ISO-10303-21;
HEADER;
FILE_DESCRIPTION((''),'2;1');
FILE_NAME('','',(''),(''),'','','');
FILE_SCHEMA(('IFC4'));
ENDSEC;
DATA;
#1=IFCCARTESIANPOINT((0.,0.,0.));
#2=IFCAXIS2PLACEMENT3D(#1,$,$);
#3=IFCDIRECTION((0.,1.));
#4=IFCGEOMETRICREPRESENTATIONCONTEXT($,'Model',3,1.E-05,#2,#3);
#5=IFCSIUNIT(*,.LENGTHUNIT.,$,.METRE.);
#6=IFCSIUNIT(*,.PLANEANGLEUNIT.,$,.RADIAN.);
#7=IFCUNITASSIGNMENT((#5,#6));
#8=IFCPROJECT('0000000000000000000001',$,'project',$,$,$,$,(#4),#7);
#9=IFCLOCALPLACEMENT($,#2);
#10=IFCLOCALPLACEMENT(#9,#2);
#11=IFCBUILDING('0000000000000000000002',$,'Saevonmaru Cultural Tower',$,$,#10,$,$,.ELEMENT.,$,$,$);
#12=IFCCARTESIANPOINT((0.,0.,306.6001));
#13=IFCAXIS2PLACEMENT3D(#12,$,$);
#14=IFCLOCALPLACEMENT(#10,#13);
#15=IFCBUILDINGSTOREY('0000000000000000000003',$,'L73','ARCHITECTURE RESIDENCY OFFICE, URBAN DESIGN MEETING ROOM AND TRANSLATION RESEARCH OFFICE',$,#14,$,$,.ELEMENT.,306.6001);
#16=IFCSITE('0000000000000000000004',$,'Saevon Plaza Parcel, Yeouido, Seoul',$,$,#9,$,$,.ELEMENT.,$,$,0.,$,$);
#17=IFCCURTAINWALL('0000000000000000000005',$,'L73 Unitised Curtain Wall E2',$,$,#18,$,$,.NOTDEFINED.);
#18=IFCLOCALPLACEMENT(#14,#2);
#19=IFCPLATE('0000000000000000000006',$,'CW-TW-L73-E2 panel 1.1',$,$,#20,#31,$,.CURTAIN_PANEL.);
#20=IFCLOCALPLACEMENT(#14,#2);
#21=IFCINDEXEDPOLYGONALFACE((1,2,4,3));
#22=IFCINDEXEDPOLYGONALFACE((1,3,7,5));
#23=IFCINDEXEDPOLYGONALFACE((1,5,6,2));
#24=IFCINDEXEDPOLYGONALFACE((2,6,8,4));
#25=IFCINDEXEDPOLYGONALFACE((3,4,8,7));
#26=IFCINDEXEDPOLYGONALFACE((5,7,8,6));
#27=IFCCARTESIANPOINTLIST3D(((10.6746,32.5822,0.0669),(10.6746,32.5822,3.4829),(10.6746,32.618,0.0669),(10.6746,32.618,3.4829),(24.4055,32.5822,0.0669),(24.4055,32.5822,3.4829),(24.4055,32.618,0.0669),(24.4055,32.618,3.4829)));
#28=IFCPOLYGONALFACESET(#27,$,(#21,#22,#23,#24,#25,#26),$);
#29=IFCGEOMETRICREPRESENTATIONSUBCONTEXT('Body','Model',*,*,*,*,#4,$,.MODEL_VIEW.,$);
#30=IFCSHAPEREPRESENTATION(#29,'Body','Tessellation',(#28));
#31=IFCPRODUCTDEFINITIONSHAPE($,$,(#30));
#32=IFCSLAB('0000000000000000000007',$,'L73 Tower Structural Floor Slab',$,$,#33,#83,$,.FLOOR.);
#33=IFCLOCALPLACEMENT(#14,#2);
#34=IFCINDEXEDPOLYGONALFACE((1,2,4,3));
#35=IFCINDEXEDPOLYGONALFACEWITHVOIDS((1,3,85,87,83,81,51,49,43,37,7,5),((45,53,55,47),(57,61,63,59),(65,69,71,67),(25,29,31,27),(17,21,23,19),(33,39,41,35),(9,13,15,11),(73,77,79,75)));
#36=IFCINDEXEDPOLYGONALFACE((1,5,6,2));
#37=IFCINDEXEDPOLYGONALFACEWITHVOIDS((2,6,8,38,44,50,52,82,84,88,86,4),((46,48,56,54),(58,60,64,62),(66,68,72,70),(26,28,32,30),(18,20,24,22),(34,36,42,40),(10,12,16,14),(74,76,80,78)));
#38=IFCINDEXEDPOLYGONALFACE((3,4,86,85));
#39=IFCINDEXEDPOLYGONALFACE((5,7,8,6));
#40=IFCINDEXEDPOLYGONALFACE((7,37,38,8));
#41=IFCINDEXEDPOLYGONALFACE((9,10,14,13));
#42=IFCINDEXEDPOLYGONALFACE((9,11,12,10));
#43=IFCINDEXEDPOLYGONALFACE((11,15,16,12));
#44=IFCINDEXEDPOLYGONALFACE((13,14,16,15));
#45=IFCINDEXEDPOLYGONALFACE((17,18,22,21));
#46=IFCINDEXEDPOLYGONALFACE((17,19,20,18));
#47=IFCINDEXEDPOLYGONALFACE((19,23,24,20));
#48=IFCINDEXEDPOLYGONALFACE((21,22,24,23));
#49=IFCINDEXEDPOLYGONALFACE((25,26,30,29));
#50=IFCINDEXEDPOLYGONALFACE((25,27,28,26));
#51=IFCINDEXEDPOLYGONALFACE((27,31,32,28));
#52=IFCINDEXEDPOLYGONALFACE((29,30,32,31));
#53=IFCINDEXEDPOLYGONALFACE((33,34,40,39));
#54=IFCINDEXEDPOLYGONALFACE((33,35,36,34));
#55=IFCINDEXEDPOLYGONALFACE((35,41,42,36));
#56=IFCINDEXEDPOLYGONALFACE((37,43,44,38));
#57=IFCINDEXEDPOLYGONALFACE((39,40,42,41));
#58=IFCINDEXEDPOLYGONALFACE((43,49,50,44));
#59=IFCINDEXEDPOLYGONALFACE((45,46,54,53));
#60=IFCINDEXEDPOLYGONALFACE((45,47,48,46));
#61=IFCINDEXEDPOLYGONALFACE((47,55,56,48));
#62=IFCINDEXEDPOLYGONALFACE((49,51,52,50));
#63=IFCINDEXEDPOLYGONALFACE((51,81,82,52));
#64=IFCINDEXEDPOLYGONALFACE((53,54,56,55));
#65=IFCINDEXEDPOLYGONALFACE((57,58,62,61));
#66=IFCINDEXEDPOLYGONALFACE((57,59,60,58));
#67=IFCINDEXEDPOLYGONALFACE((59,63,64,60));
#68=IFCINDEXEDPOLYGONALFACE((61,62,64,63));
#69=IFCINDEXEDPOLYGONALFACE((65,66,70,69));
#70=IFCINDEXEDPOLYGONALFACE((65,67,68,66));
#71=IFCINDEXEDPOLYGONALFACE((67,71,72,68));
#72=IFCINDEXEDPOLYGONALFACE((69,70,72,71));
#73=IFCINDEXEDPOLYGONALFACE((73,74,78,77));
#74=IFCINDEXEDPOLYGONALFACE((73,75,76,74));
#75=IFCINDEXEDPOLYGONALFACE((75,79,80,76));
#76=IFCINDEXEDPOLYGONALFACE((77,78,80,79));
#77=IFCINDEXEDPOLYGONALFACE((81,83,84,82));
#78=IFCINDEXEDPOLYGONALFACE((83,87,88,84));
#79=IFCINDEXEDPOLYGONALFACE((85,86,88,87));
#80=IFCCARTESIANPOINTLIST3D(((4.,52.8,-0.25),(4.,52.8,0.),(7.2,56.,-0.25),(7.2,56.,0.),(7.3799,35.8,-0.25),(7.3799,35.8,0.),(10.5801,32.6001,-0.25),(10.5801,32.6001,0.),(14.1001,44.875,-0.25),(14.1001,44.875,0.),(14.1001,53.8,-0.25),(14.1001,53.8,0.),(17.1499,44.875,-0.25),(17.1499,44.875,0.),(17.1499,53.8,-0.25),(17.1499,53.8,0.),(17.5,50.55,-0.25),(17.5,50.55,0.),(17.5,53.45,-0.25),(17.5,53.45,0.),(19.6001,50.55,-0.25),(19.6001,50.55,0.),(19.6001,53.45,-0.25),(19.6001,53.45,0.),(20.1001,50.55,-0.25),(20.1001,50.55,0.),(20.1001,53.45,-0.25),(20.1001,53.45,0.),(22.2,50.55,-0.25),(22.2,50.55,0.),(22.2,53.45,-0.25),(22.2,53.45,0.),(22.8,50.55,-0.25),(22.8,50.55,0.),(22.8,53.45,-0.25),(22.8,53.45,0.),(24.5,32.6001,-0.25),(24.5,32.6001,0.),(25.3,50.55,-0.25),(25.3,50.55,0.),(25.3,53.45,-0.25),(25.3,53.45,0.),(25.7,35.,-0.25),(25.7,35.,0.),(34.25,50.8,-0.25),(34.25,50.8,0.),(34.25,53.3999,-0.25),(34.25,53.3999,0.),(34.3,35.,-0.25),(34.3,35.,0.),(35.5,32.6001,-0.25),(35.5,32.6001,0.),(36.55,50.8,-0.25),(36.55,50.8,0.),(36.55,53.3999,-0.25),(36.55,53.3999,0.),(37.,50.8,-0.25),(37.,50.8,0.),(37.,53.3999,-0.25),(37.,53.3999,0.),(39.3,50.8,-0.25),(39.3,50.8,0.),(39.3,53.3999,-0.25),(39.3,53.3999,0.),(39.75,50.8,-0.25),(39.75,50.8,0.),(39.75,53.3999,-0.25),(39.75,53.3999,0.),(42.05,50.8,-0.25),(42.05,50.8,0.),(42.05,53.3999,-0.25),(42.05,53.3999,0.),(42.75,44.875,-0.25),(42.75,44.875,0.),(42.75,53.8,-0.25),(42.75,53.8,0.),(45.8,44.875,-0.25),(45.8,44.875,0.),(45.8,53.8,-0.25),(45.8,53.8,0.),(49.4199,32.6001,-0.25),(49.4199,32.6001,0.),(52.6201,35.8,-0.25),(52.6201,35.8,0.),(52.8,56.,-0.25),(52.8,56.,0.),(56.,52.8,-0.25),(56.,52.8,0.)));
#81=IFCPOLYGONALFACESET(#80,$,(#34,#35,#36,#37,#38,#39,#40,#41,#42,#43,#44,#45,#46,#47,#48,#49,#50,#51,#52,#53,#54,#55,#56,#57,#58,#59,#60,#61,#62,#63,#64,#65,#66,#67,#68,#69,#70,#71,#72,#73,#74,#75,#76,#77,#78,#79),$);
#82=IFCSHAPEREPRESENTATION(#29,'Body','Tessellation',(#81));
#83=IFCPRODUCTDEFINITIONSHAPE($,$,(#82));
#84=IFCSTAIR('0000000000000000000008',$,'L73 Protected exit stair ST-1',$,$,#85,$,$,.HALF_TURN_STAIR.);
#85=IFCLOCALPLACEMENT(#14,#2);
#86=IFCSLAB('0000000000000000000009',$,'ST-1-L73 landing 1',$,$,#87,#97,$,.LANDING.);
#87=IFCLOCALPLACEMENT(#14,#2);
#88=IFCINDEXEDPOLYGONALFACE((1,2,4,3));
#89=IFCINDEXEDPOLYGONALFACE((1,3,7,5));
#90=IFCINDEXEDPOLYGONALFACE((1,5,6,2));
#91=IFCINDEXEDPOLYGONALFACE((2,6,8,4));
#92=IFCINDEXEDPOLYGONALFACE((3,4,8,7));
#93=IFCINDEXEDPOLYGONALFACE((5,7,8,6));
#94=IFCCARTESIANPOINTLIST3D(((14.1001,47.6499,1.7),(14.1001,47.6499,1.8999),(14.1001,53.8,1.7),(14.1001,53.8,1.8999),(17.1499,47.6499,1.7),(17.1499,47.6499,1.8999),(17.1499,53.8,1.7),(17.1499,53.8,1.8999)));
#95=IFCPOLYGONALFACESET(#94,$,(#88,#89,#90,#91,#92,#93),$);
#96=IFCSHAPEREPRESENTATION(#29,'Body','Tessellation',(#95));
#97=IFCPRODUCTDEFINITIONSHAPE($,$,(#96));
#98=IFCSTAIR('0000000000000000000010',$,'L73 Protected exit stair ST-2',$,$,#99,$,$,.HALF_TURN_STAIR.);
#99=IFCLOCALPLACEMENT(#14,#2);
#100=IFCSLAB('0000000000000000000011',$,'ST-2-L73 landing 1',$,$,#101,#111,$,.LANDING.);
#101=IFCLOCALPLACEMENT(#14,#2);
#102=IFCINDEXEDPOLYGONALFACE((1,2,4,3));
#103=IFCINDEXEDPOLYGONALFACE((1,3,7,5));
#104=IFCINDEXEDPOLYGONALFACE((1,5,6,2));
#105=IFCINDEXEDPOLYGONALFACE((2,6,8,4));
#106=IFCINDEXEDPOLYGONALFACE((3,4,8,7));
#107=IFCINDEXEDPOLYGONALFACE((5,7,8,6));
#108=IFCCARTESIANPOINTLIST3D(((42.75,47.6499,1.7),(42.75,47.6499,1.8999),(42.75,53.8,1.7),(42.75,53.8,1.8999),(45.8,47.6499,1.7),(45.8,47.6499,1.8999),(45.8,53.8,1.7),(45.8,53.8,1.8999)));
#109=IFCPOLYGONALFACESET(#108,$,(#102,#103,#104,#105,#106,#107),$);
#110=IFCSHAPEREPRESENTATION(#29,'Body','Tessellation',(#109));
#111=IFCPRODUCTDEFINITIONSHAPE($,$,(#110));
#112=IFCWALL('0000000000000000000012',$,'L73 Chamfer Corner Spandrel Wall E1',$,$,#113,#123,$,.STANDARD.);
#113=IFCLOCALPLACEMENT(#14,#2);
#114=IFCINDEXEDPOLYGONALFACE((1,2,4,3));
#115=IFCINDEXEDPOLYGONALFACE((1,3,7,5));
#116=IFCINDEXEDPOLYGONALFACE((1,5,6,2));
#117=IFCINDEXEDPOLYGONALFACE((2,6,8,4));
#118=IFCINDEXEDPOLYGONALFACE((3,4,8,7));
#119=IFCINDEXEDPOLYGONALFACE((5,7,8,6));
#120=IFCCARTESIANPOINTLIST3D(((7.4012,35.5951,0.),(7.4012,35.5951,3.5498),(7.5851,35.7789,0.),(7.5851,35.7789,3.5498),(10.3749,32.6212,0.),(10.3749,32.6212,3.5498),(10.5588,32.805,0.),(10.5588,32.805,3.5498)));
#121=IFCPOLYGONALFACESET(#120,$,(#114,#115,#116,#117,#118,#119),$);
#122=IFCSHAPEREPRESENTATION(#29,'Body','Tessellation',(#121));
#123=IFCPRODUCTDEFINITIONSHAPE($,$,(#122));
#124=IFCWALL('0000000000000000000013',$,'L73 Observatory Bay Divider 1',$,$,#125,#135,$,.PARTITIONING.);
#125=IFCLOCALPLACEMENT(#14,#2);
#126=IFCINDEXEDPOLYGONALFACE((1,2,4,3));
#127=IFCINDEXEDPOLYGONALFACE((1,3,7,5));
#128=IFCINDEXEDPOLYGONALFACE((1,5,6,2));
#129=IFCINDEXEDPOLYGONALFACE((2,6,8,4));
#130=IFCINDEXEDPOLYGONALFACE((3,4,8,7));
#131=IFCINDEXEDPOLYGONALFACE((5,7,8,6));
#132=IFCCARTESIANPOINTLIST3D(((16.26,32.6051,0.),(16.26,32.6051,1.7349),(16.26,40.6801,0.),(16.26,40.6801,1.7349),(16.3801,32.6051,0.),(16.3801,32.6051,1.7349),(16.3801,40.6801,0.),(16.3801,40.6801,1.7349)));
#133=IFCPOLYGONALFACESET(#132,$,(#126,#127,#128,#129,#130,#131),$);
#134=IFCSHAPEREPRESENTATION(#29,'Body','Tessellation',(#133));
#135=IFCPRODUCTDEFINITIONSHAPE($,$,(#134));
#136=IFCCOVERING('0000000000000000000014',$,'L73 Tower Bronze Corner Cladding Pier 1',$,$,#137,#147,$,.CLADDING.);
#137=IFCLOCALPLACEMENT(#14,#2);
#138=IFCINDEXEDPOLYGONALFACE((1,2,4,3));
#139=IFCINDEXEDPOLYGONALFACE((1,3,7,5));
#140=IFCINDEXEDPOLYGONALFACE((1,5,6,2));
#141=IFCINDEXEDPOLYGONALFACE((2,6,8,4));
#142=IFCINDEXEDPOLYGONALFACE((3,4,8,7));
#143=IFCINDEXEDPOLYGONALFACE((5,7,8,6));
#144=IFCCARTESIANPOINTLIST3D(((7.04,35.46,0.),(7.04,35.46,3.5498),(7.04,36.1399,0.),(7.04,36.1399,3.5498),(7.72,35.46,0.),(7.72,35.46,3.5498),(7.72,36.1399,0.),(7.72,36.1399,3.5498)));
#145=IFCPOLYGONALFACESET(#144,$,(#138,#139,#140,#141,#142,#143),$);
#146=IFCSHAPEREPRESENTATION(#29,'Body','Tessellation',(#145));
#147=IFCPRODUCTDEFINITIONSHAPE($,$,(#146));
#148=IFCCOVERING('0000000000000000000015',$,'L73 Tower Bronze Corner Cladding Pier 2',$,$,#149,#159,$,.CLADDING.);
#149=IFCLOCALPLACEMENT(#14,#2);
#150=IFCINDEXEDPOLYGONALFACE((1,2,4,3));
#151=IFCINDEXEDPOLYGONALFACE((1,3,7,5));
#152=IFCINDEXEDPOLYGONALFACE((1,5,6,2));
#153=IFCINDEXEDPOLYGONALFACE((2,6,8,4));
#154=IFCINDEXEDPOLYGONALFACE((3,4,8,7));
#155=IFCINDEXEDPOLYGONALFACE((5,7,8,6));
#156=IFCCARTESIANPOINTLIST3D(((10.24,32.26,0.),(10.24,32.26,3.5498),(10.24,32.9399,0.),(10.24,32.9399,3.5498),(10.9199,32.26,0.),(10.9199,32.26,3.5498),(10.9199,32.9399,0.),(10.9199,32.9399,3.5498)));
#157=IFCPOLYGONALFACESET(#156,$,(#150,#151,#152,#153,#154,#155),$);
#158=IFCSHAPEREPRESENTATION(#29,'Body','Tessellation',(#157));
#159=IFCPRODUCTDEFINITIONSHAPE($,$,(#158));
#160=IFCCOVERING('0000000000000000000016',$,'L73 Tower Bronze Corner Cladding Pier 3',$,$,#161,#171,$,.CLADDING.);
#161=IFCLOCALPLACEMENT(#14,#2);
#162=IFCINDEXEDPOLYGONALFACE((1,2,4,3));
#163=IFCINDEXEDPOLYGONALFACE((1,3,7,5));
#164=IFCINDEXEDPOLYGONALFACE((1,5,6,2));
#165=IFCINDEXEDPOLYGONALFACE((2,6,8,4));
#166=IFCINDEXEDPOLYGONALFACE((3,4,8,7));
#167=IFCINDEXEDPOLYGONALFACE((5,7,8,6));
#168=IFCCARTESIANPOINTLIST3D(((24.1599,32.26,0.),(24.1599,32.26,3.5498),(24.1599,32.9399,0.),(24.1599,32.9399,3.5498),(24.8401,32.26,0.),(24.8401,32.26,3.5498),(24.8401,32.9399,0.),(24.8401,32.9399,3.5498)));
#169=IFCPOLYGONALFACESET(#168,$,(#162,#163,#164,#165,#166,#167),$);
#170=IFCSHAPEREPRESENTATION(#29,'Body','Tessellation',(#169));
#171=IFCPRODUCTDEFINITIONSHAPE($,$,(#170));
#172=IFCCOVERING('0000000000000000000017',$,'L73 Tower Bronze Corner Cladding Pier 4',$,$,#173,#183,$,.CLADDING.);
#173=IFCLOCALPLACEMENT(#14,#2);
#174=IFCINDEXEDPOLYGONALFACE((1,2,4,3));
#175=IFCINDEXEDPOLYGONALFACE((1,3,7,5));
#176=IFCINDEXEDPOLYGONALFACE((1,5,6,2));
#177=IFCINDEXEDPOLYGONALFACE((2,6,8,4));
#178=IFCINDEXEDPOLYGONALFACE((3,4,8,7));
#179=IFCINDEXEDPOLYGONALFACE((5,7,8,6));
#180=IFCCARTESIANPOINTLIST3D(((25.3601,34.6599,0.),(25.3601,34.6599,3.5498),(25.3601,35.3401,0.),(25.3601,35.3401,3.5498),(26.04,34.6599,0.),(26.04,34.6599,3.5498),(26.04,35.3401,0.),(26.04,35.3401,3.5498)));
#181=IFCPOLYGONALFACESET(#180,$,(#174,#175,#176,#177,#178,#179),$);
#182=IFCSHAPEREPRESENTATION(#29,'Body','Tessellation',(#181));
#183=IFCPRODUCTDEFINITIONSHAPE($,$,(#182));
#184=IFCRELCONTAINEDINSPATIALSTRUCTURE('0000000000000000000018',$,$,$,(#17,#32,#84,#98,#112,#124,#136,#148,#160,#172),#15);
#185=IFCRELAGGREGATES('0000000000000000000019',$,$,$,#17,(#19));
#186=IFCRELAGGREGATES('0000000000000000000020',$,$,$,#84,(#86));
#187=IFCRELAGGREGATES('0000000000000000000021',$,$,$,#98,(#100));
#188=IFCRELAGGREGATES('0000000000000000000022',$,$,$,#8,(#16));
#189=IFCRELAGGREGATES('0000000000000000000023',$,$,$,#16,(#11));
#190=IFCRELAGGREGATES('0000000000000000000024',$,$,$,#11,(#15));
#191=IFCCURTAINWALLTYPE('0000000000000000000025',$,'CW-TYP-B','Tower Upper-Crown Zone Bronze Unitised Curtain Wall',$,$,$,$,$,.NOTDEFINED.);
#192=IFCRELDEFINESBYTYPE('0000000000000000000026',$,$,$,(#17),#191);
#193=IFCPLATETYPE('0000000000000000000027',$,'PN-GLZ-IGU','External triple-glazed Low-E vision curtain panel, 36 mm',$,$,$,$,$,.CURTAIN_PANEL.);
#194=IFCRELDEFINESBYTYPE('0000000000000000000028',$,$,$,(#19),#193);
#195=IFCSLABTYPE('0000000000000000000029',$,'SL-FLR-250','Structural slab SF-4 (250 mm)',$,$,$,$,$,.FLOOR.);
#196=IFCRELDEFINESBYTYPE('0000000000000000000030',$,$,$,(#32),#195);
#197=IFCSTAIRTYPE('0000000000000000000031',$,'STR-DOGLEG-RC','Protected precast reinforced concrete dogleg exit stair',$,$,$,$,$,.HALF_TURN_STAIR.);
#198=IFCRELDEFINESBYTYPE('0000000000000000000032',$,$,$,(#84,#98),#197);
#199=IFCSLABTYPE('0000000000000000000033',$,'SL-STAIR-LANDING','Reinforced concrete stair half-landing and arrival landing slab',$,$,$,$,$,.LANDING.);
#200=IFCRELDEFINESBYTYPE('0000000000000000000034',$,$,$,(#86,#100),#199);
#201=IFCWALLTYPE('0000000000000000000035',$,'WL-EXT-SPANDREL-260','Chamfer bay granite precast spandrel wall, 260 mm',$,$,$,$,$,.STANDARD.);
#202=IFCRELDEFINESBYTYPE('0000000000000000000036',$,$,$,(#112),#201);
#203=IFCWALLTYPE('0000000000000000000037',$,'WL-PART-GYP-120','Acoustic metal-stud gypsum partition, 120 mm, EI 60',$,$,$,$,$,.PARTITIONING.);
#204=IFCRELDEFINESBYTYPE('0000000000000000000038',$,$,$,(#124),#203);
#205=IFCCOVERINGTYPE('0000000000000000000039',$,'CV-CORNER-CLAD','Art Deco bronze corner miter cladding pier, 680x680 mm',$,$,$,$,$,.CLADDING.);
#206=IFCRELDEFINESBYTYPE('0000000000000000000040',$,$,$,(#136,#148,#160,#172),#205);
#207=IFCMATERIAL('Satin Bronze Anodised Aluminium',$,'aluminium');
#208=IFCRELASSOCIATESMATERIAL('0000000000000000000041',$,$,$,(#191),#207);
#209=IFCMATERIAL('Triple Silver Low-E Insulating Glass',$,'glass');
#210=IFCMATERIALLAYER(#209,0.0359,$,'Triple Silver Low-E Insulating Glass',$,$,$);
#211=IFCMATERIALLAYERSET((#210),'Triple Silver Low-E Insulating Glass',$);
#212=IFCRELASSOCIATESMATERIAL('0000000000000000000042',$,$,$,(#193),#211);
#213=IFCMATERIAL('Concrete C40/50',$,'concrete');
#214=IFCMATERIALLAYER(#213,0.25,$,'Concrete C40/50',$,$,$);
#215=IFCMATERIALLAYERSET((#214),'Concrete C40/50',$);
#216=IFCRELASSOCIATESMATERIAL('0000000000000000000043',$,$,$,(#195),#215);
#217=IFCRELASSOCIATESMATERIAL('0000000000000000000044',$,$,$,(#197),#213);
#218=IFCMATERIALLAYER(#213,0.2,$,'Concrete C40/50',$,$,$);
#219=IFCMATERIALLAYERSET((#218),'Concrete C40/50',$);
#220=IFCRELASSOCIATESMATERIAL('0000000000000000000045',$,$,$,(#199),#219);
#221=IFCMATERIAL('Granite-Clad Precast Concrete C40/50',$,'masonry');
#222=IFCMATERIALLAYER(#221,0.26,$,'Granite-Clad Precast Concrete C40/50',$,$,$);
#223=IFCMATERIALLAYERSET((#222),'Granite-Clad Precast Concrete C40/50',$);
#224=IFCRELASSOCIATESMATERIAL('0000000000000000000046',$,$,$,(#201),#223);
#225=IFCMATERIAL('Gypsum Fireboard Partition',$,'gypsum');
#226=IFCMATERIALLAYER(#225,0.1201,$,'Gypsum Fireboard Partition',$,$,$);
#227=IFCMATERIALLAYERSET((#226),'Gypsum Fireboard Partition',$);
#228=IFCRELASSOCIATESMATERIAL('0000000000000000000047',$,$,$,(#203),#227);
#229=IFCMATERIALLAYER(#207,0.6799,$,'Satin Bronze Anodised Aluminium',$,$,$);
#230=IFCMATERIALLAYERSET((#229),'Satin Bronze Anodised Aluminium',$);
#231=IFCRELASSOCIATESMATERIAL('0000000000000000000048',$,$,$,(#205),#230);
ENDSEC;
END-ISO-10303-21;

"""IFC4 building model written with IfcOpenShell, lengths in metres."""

from ifc_helpers import new_model, si_unit, direction, frame, frame_2d, origin, origin_2d, place, context, subcontext, project, spatial, polyline, rectangle, outline, extrude, material, layer, layer_set, type_object, element, aggregate, save


model = new_model("IFC4")

# Units and contexts
model_context = context("Model", 3, precision=1e-05, world=origin(), true_north=direction((0.0, 1.0)))
body_context = subcontext(model_context, "Body", "Model", "MODEL_VIEW")
ifc_project = project(units=[si_unit("LENGTHUNIT", "METRE"), si_unit("PLANEANGLEUNIT", "RADIAN")], contexts=[model_context])

# Site, building, storey
site_placement = place(None, origin())
site = spatial("IfcSite", under=ifc_project, at=site_placement, Name="Saevon Plaza Parcel, Yeouido, Seoul", CompositionType="ELEMENT", RefElevation=0.0)
building_placement = place(site_placement, origin())
building = spatial("IfcBuilding", under=site, at=building_placement, Name="Saevonmaru Cultural Tower", CompositionType="ELEMENT")
storey_placement = place(building_placement, frame((0.0, 0.0, 306.6001)))
storey = spatial("IfcBuildingStorey", under=building, at=storey_placement, Name="L73", Description="ARCHITECTURE RESIDENCY OFFICE, URBAN DESIGN MEETING ROOM AND TRANSLATION RESEARCH OFFICE", CompositionType="ELEMENT", Elevation=306.6001)

# Curtain wall
ifc_material_1 = material(Name="Satin Bronze Anodised Aluminium", Category="aluminium")
curtain_wall_type = type_object("IfcCurtainWallType", Name="CW-TYP-B", Description="Tower Upper-Crown Zone Bronze Unitised Curtain Wall", PredefinedType="NOTDEFINED", material=ifc_material_1)
curtain_wall_1_placement = place(storey_placement, origin())
curtain_wall_1 = element("IfcCurtainWall", 1, at=curtain_wall_1_placement, inside=storey, type_object=curtain_wall_type, Name="L73 Unitised Curtain Wall E2", PredefinedType="NOTDEFINED")

# Plate
ifc_material_2 = material(Name="Triple Silver Low-E Insulating Glass", Category="glass")
ifc_layer_1 = layer(ifc_material_2, 0.0359, Name="Triple Silver Low-E Insulating Glass")
ifc_layer_set_1 = layer_set([ifc_layer_1], Name="Triple Silver Low-E Insulating Glass")
plate_type_1 = type_object("IfcPlateType", Name="PN-GLZ-IGU", Description="External triple-glazed Low-E vision curtain panel, 36 mm", PredefinedType="CURTAIN_PANEL", material=ifc_layer_set_1)
plate_1_placement = place(storey_placement, frame((17.54, 32.6001, 0.0669), z_axis=(0.0, 0.0, 1.0), x_axis=(1.0, 0.0, 0.0)))
plate_1 = element("IfcPlate", 2, at=plate_1_placement, type_object=plate_type_1, Name="CW-TW-L73-E2 panel 1.1", PredefinedType="CURTAIN_PANEL", context=body_context, shape_type="SweptSolid", body=[
    extrude(rectangle(XDim=13.731, YDim=0.0359, at=origin_2d()), origin(), (0.0, 0.0, 1.0), 3.416),
])
aggregate(curtain_wall_1, [plate_1])

# Slab
ifc_material_3 = material(Name="Concrete C40/50", Category="concrete")
ifc_layer_2 = layer(ifc_material_3, 0.25, Name="Concrete C40/50")
ifc_layer_set_2 = layer_set([ifc_layer_2], Name="Concrete C40/50")
slab_type_1 = type_object("IfcSlabType", Name="SL-FLR-250", Description="Structural slab SF-4 (250 mm)", PredefinedType="FLOOR", material=ifc_layer_set_2)
slab_1_placement = place(storey_placement, frame((0.0, 0.0, -0.25)))
element("IfcSlab", 3, at=slab_1_placement, inside=storey, type_object=slab_type_1, Name="L73 Tower Structural Floor Slab", PredefinedType="FLOOR", context=body_context, shape_type="SweptSolid", body=[
    extrude(outline(polyline([(7.3799, 35.8), (10.5801, 32.6001), (24.5, 32.6001), (25.7, 35.0), (34.3, 35.0), (35.5, 32.6001), (49.4199, 32.6001), (52.6201, 35.8), (56.0, 52.8), (52.8, 56.0), (7.2, 56.0), (4.0, 52.8), (7.3799, 35.8)]), holes=[polyline([(45.8, 53.8), (45.8, 44.875), (42.75, 44.875), (42.75, 53.8), (45.8, 53.8)]), polyline([(42.05, 50.8), (39.75, 50.8), (39.75, 53.3999), (42.05, 53.3999), (42.05, 50.8)]), polyline([(39.3, 50.8), (37.0, 50.8), (37.0, 53.3999), (39.3, 53.3999), (39.3, 50.8)]), polyline([(36.55, 50.8), (34.25, 50.8), (34.25, 53.3999), (36.55, 53.3999), (36.55, 50.8)]), polyline([(25.3, 50.55), (22.8, 50.55), (22.8, 53.45), (25.3, 53.45), (25.3, 50.55)]), polyline([(22.2, 50.55), (20.1001, 50.55), (20.1001, 53.45), (22.2, 53.45), (22.2, 50.55)]), polyline([(19.6001, 50.55), (17.5, 50.55), (17.5, 53.45), (19.6001, 53.45), (19.6001, 50.55)]), polyline([(17.1499, 53.8), (17.1499, 44.875), (14.1001, 44.875), (14.1001, 53.8), (17.1499, 53.8)])]), origin(), (0.0, 0.0, 1.0), 0.25),
])

# Stairs, slabs
stair_type = type_object("IfcStairType", Name="STR-DOGLEG-RC", Description="Protected precast reinforced concrete dogleg exit stair", PredefinedType="HALF_TURN_STAIR", material=ifc_material_3)
stair_1_placement = place(storey_placement, origin())
stair_1 = element("IfcStair", 4, at=stair_1_placement, inside=storey, type_object=stair_type, Name="L73 Protected exit stair ST-1", PredefinedType="HALF_TURN_STAIR")
ifc_layer_3 = layer(ifc_material_3, 0.2, Name="Concrete C40/50")
ifc_layer_set_3 = layer_set([ifc_layer_3], Name="Concrete C40/50")
slab_type_2 = type_object("IfcSlabType", Name="SL-STAIR-LANDING", Description="Reinforced concrete stair half-landing and arrival landing slab", PredefinedType="LANDING", material=ifc_layer_set_3)
slab_2_placement = place(storey_placement, frame((0.0, 0.0, 1.7)))
slab_2 = element("IfcSlab", 5, at=slab_2_placement, type_object=slab_type_2, Name="ST-1-L73 landing 1", PredefinedType="LANDING", context=body_context, shape_type="SweptSolid", body=[
    extrude(outline(polyline([(17.1499, 47.6499), (17.1499, 53.8), (14.1001, 53.8), (14.1001, 47.6499), (17.1499, 47.6499)])), origin(), (0.0, 0.0, 1.0), 0.2),
])
aggregate(stair_1, [slab_2])
stair_2_placement = place(storey_placement, origin())
stair_2 = element("IfcStair", 6, at=stair_2_placement, inside=storey, type_object=stair_type, Name="L73 Protected exit stair ST-2", PredefinedType="HALF_TURN_STAIR")
slab_3_placement = place(storey_placement, frame((0.0, 0.0, 1.7)))
slab_3 = element("IfcSlab", 7, at=slab_3_placement, type_object=slab_type_2, Name="ST-2-L73 landing 1", PredefinedType="LANDING", context=body_context, shape_type="SweptSolid", body=[
    extrude(outline(polyline([(45.8, 47.6499), (45.8, 53.8), (42.75, 53.8), (42.75, 47.6499), (45.8, 47.6499)])), origin(), (0.0, 0.0, 1.0), 0.2),
])
aggregate(stair_2, [slab_3])

# Walls
ifc_material_4 = material(Name="Granite-Clad Precast Concrete C40/50", Category="masonry")
ifc_layer_4 = layer(ifc_material_4, 0.26, Name="Granite-Clad Precast Concrete C40/50")
ifc_layer_set_4 = layer_set([ifc_layer_4], Name="Granite-Clad Precast Concrete C40/50")
wall_type_1 = type_object("IfcWallType", Name="WL-EXT-SPANDREL-260", Description="Chamfer bay granite precast spandrel wall, 260 mm", PredefinedType="STANDARD", material=ifc_layer_set_4)
wall_1_placement = place(storey_placement, frame((7.4932, 35.687, 0.0), z_axis=(0.0, 0.0, 1.0), x_axis=(0.707078, -0.707136, 0.0)))
element("IfcWall", 8, at=wall_1_placement, inside=storey, type_object=wall_type_1, Name="L73 Chamfer Corner Spandrel Wall E1", PredefinedType="STANDARD", context=body_context, shape_type="SweptSolid", body=[
    extrude(rectangle(XDim=4.2056, YDim=0.26, at=frame_2d((2.1028, 0.0))), origin(), (0.0, 0.0, 1.0), 3.5498),
])
ifc_material_5 = material(Name="Gypsum Fireboard Partition", Category="gypsum")
ifc_layer_5 = layer(ifc_material_5, 0.1201, Name="Gypsum Fireboard Partition")
ifc_layer_set_5 = layer_set([ifc_layer_5], Name="Gypsum Fireboard Partition")
wall_type_2 = type_object("IfcWallType", Name="WL-PART-GYP-120", Description="Acoustic metal-stud gypsum partition, 120 mm, EI 60", PredefinedType="PARTITIONING", material=ifc_layer_set_5)
wall_2_placement = place(storey_placement, frame((16.3201, 32.605, 0.0), z_axis=(0.0, 0.0, 1.0), x_axis=(0.0, 1.0, 0.0)))
element("IfcWall", 9, at=wall_2_placement, inside=storey, type_object=wall_type_2, Name="L73 Observatory Bay Divider 1", PredefinedType="PARTITIONING", context=body_context, shape_type="SweptSolid", body=[
    extrude(rectangle(XDim=8.075, YDim=0.1201, at=frame_2d((4.0376, 0.0))), origin(), (0.0, 0.0, 1.0), 1.7349),
])

# Coverings
ifc_layer_6 = layer(ifc_material_1, 0.6799, Name="Satin Bronze Anodised Aluminium")
ifc_layer_set_6 = layer_set([ifc_layer_6], Name="Satin Bronze Anodised Aluminium")
covering_type = type_object("IfcCoveringType", Name="CV-CORNER-CLAD", Description="Art Deco bronze corner miter cladding pier, 680x680 mm", PredefinedType="CLADDING", material=ifc_layer_set_6)
covering_1_placement = place(storey_placement, origin())
element("IfcCovering", 10, at=covering_1_placement, inside=storey, type_object=covering_type, Name="L73 Tower Bronze Corner Cladding Pier 1", PredefinedType="CLADDING", context=body_context, shape_type="SweptSolid", body=[
    extrude(outline(polyline([(7.04, 35.46), (7.72, 35.46), (7.72, 36.1399), (7.04, 36.1399), (7.04, 35.46)])), origin(), (0.0, 0.0, 1.0), 3.5498),
])
covering_2_placement = place(storey_placement, origin())
element("IfcCovering", 11, at=covering_2_placement, inside=storey, type_object=covering_type, Name="L73 Tower Bronze Corner Cladding Pier 2", PredefinedType="CLADDING", context=body_context, shape_type="SweptSolid", body=[
    extrude(outline(polyline([(10.24, 32.26), (10.9199, 32.26), (10.9199, 32.9399), (10.24, 32.9399), (10.24, 32.26)])), origin(), (0.0, 0.0, 1.0), 3.5498),
])
covering_3_placement = place(storey_placement, origin())
element("IfcCovering", 12, at=covering_3_placement, inside=storey, type_object=covering_type, Name="L73 Tower Bronze Corner Cladding Pier 3", PredefinedType="CLADDING", context=body_context, shape_type="SweptSolid", body=[
    extrude(outline(polyline([(24.1599, 32.26), (24.8401, 32.26), (24.8401, 32.9399), (24.1599, 32.9399), (24.1599, 32.26)])), origin(), (0.0, 0.0, 1.0), 3.5498),
])
covering_4_placement = place(storey_placement, origin())
element("IfcCovering", 13, at=covering_4_placement, inside=storey, type_object=covering_type, Name="L73 Tower Bronze Corner Cladding Pier 4", PredefinedType="CLADDING", context=body_context, shape_type="SweptSolid", body=[
    extrude(outline(polyline([(25.3601, 34.6599), (26.04, 34.6599), (26.04, 35.3401), (25.3601, 35.3401), (25.3601, 34.6599)])), origin(), (0.0, 0.0, 1.0), 3.5498),
])

save(model, "model.ifc")
